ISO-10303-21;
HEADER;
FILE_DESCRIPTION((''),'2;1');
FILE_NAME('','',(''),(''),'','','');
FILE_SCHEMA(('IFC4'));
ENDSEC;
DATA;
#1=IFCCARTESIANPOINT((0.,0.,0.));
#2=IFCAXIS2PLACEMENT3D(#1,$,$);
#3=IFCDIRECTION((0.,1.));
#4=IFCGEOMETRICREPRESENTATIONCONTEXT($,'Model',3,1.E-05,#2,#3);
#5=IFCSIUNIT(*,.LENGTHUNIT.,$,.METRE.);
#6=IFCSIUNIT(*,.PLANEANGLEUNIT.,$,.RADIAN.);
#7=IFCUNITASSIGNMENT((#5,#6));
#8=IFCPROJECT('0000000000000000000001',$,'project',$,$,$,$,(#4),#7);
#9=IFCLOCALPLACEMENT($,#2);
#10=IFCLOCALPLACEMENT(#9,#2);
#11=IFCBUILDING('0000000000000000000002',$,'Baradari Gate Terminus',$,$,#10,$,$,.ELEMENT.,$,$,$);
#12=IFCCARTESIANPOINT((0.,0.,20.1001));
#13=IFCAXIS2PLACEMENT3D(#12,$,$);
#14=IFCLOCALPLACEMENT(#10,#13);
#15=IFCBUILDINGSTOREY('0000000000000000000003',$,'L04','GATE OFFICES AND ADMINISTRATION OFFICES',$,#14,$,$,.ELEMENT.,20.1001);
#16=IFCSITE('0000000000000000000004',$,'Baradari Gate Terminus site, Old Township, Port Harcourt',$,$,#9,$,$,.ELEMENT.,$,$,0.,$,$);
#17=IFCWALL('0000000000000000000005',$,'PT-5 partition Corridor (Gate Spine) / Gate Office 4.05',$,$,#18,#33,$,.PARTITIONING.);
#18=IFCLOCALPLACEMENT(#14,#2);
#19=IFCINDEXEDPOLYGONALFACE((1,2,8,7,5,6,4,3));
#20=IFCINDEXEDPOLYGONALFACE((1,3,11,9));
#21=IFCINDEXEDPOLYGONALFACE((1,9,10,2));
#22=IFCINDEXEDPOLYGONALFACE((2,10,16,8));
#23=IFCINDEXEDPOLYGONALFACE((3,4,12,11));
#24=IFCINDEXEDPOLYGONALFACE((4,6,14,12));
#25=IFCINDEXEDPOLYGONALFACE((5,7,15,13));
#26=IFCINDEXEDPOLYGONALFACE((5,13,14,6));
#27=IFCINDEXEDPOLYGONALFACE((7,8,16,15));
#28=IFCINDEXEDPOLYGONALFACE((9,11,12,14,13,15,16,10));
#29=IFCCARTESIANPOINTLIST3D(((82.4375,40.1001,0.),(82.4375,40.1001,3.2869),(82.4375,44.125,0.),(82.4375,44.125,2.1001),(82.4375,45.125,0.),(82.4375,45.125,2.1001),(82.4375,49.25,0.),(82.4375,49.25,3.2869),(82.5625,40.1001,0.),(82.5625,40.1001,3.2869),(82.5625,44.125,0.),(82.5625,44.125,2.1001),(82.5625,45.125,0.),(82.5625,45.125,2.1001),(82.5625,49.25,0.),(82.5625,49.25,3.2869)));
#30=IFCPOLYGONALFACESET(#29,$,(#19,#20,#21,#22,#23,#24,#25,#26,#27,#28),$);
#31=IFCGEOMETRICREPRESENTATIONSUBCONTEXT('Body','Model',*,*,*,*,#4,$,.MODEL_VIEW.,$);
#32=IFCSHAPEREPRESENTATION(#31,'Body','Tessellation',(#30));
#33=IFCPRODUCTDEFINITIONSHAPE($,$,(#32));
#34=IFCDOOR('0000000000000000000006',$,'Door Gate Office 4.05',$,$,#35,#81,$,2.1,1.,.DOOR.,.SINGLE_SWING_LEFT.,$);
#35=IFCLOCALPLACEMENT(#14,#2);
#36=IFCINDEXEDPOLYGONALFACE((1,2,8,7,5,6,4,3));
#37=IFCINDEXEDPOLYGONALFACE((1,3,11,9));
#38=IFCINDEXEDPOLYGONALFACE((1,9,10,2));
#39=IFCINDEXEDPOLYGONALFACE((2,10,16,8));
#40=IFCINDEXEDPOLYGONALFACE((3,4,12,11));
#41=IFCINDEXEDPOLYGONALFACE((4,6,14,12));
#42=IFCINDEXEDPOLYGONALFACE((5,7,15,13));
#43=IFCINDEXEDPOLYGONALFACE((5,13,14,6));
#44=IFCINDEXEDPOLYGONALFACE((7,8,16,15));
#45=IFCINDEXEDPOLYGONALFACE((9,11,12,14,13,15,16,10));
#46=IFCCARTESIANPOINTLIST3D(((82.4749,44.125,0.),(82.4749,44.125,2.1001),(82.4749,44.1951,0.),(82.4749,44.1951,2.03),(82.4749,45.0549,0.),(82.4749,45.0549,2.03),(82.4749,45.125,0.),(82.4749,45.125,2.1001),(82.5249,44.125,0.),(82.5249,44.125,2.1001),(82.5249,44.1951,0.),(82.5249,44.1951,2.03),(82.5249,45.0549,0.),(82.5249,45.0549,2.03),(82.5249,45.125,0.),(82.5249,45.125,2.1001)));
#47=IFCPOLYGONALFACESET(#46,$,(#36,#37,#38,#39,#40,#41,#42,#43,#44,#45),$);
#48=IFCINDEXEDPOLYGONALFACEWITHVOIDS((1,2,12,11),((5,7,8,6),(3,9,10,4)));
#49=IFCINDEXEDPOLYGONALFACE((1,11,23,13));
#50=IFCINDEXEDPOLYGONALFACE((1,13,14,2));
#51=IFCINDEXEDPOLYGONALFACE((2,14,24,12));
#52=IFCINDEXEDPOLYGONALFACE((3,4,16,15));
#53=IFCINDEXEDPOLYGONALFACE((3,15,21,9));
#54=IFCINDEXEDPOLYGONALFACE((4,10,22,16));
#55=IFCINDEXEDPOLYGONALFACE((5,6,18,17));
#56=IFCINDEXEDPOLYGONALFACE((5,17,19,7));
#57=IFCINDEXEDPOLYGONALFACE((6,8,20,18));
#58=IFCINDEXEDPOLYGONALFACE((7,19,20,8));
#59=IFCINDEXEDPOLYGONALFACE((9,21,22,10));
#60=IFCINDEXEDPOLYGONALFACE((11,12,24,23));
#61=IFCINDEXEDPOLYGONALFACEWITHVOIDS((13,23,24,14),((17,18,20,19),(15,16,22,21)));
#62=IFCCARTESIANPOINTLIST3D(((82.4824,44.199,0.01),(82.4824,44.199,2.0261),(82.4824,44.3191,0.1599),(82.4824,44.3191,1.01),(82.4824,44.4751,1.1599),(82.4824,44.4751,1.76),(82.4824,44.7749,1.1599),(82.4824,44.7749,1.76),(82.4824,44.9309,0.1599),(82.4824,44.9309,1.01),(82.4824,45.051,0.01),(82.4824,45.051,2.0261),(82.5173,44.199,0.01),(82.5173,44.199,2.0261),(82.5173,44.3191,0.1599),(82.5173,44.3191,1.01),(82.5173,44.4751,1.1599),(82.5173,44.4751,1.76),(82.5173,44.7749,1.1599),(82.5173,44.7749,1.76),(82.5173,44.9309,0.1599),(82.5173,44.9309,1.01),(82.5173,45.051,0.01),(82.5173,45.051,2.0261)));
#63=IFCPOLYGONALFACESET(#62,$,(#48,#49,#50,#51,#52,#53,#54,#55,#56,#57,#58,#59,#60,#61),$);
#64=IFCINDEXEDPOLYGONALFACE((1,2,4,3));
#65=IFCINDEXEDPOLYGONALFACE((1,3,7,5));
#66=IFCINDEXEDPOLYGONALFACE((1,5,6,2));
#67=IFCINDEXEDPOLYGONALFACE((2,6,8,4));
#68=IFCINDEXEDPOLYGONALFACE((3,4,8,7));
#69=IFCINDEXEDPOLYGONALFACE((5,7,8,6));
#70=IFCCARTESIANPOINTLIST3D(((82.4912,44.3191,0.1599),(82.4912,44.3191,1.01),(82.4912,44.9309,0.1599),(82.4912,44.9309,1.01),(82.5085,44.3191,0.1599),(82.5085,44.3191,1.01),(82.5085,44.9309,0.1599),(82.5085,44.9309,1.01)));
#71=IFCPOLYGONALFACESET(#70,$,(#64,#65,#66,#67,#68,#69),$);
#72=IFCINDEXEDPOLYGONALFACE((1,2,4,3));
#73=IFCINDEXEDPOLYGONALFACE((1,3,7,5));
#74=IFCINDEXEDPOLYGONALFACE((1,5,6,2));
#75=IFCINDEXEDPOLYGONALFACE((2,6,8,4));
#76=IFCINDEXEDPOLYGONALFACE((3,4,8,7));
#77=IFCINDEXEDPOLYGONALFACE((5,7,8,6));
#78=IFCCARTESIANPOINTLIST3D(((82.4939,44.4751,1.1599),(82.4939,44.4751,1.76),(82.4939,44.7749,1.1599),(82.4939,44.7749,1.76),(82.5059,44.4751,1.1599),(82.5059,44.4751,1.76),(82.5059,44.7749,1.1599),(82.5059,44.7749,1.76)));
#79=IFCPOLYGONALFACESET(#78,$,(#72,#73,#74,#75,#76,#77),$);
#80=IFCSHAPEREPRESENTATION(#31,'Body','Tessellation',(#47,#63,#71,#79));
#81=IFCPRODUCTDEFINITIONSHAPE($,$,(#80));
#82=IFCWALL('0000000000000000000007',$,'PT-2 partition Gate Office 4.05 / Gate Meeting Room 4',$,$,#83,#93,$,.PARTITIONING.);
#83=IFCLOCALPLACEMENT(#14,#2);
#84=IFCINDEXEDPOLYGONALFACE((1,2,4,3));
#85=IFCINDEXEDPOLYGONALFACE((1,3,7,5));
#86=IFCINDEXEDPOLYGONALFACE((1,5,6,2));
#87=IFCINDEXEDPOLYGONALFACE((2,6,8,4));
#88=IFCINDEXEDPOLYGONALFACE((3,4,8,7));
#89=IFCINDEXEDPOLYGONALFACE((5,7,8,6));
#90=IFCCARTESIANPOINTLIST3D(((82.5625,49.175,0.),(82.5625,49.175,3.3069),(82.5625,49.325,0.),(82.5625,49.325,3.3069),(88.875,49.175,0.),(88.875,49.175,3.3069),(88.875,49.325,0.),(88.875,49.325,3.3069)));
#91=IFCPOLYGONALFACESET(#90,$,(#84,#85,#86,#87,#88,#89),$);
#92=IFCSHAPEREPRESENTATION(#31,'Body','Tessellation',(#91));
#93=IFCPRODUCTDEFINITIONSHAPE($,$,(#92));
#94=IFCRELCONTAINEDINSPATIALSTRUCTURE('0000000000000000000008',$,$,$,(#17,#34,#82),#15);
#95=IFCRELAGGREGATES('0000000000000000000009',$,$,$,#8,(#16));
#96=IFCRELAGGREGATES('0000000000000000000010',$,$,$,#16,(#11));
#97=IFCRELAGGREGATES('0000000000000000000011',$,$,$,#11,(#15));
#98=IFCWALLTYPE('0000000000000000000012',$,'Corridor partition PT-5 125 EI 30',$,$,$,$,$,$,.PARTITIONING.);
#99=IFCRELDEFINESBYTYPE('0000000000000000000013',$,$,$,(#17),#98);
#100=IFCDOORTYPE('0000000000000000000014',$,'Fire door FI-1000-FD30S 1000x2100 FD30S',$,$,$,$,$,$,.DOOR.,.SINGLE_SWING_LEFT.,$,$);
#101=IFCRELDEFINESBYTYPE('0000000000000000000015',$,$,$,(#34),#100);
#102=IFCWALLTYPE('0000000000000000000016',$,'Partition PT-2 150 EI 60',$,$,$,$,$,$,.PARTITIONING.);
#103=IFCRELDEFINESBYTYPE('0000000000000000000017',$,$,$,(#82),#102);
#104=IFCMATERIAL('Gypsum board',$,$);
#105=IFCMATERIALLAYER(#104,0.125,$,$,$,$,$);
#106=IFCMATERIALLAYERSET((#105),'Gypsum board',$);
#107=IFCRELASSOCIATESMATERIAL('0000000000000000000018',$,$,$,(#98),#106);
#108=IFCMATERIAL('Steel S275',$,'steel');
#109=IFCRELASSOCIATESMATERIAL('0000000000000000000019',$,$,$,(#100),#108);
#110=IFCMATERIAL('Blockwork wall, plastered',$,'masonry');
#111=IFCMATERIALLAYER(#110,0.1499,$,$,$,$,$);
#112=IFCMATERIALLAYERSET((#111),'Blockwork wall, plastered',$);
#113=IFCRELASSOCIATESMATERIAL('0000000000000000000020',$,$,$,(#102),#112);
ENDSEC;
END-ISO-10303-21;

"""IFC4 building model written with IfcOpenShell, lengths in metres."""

from ifc_helpers import new_model, si_unit, direction, frame, frame_2d, origin, place, context, subcontext, project, spatial, polyline, rectangle, outline, extrude, material, layer, layer_set, type_object, element, fill, save


model = new_model("IFC4")

# Units and contexts
model_context = context("Model", 3, precision=1e-05, world=origin(), true_north=direction((0.0, 1.0)))
body_context = subcontext(model_context, "Body", "Model", "MODEL_VIEW")
ifc_project = project(units=[si_unit("LENGTHUNIT", "METRE"), si_unit("PLANEANGLEUNIT", "RADIAN")], contexts=[model_context])

# Site, building, storey
site_placement = place(None, origin())
site = spatial("IfcSite", under=ifc_project, at=site_placement, Name="Baradari Gate Terminus site, Old Township, Port Harcourt", CompositionType="ELEMENT", RefElevation=0.0)
building_placement = place(site_placement, origin())
building = spatial("IfcBuilding", under=site, at=building_placement, Name="Baradari Gate Terminus", CompositionType="ELEMENT")
storey_placement = place(building_placement, frame((0.0, 0.0, 20.1001)))
storey = spatial("IfcBuildingStorey", under=building, at=storey_placement, Name="L04", Description="GATE OFFICES AND ADMINISTRATION OFFICES", CompositionType="ELEMENT", Elevation=20.1001)

# Wall, opening, door
ifc_material_1 = material(Name="Gypsum board")
ifc_layer_1 = layer(ifc_material_1, 0.125)
ifc_layer_set_1 = layer_set([ifc_layer_1], Name="Gypsum board")
wall_type_1 = type_object("IfcWallType", Name="Corridor partition PT-5 125 EI 30", PredefinedType="PARTITIONING", material=ifc_layer_set_1)
wall_1_placement = place(storey_placement, frame((82.5, 49.25, 0.0), z_axis=(0.0, 0.0, 1.0), x_axis=(0.0, -1.0, 0.0)))
wall_1 = element("IfcWall", 1, at=wall_1_placement, inside=storey, type_object=wall_type_1, Name="PT-5 partition Corridor (Gate Spine) / Gate Office 4.05", PredefinedType="PARTITIONING", context=body_context, shape_type="SweptSolid", body=[
    extrude(rectangle(XDim=9.1499, YDim=0.125, at=frame_2d((4.575, 0.0))), origin(), (0.0, 0.0, 1.0), 3.2869),
])
opening_placement = place(wall_1_placement, frame((4.125, 0.0, 0.0)))
opening = element("IfcOpeningElement", 2, at=opening_placement, cuts=wall_1, PredefinedType="OPENING", context=body_context, shape_type="SweptSolid", body=[
    extrude(rectangle(XDim=1.0, YDim=2.1001, at=frame_2d((0.5, 1.05))), frame((0.0, 0.0725, 0.0), z_axis=(0.0, -1.0, 0.0), x_axis=(1.0, 0.0, 0.0)), (0.0, 0.0, 1.0), 0.145),
])
ifc_material_2 = material(Name="Steel S275", Category="steel")
door_type = type_object("IfcDoorType", Name="Fire door FI-1000-FD30S 1000x2100 FD30S", OperationType="SINGLE_SWING_LEFT", PredefinedType="DOOR", material=ifc_material_2)
door_placement = place(opening_placement, origin())
door = element("IfcDoor", 3, at=door_placement, inside=storey, type_object=door_type, Name="Door Gate Office 4.05", OperationType="SINGLE_SWING_LEFT", OverallHeight=2.1, OverallWidth=1.0, PredefinedType="DOOR", context=body_context, shape_type="SweptSolid", body=[
    extrude(outline(polyline([(0.0, 0.0), (0.0701, 0.0), (0.0701, 2.03), (0.9299, 2.03), (0.9299, 0.0), (1.0, 0.0), (1.0, 2.1001), (0.0, 2.1001), (0.0, 0.0)])), frame((0.0, 0.0249, 0.0), z_axis=(0.0, -1.0, 0.0), x_axis=(1.0, 0.0, 0.0)), (0.0, 0.0, 1.0), 0.05),
    extrude(outline(polyline([(0.074, 0.01), (0.926, 0.01), (0.926, 2.0261), (0.074, 2.0261), (0.074, 0.01)]), holes=[polyline([(0.1941, 0.1599), (0.8059, 0.1599), (0.8059, 1.01), (0.1941, 1.01), (0.1941, 0.1599)]), polyline([(0.3501, 1.1599), (0.6499, 1.1599), (0.6499, 1.76), (0.3501, 1.76), (0.3501, 1.1599)])]), frame((0.0, 0.0173, 0.0), z_axis=(0.0, -1.0, 0.0), x_axis=(1.0, 0.0, 0.0)), (0.0, 0.0, 1.0), 0.0349),
    extrude(rectangle(XDim=0.6118, YDim=0.8501, at=frame_2d((0.5, 0.585))), frame((0.0, 0.0085, 0.0), z_axis=(0.0, -1.0, 0.0), x_axis=(1.0, 0.0, 0.0)), (0.0, 0.0, 1.0), 0.0173),
    extrude(rectangle(XDim=0.2998, YDim=0.6001, at=frame_2d((0.5, 1.46))), frame((0.0, 0.0059, 0.0), z_axis=(0.0, -1.0, 0.0), x_axis=(1.0, 0.0, 0.0)), (0.0, 0.0, 1.0), 0.012),
])
fill(opening, door)

# Wall
ifc_material_3 = material(Name="Blockwork wall, plastered", Category="masonry")
ifc_layer_2 = layer(ifc_material_3, 0.1499)
ifc_layer_set_2 = layer_set([ifc_layer_2], Name="Blockwork wall, plastered")
wall_type_2 = type_object("IfcWallType", Name="Partition PT-2 150 EI 60", PredefinedType="PARTITIONING", material=ifc_layer_set_2)
wall_2_placement = place(storey_placement, frame((82.5625, 49.25, 0.0), z_axis=(0.0, 0.0, 1.0), x_axis=(1.0, 0.0, 0.0)))
element("IfcWall", 4, at=wall_2_placement, inside=storey, type_object=wall_type_2, Name="PT-2 partition Gate Office 4.05 / Gate Meeting Room 4", PredefinedType="PARTITIONING", context=body_context, shape_type="SweptSolid", body=[
    extrude(rectangle(XDim=6.3125, YDim=0.1499, at=frame_2d((3.1562, 0.0))), origin(), (0.0, 0.0, 1.0), 3.3069),
])

save(model, "model.ifc")
